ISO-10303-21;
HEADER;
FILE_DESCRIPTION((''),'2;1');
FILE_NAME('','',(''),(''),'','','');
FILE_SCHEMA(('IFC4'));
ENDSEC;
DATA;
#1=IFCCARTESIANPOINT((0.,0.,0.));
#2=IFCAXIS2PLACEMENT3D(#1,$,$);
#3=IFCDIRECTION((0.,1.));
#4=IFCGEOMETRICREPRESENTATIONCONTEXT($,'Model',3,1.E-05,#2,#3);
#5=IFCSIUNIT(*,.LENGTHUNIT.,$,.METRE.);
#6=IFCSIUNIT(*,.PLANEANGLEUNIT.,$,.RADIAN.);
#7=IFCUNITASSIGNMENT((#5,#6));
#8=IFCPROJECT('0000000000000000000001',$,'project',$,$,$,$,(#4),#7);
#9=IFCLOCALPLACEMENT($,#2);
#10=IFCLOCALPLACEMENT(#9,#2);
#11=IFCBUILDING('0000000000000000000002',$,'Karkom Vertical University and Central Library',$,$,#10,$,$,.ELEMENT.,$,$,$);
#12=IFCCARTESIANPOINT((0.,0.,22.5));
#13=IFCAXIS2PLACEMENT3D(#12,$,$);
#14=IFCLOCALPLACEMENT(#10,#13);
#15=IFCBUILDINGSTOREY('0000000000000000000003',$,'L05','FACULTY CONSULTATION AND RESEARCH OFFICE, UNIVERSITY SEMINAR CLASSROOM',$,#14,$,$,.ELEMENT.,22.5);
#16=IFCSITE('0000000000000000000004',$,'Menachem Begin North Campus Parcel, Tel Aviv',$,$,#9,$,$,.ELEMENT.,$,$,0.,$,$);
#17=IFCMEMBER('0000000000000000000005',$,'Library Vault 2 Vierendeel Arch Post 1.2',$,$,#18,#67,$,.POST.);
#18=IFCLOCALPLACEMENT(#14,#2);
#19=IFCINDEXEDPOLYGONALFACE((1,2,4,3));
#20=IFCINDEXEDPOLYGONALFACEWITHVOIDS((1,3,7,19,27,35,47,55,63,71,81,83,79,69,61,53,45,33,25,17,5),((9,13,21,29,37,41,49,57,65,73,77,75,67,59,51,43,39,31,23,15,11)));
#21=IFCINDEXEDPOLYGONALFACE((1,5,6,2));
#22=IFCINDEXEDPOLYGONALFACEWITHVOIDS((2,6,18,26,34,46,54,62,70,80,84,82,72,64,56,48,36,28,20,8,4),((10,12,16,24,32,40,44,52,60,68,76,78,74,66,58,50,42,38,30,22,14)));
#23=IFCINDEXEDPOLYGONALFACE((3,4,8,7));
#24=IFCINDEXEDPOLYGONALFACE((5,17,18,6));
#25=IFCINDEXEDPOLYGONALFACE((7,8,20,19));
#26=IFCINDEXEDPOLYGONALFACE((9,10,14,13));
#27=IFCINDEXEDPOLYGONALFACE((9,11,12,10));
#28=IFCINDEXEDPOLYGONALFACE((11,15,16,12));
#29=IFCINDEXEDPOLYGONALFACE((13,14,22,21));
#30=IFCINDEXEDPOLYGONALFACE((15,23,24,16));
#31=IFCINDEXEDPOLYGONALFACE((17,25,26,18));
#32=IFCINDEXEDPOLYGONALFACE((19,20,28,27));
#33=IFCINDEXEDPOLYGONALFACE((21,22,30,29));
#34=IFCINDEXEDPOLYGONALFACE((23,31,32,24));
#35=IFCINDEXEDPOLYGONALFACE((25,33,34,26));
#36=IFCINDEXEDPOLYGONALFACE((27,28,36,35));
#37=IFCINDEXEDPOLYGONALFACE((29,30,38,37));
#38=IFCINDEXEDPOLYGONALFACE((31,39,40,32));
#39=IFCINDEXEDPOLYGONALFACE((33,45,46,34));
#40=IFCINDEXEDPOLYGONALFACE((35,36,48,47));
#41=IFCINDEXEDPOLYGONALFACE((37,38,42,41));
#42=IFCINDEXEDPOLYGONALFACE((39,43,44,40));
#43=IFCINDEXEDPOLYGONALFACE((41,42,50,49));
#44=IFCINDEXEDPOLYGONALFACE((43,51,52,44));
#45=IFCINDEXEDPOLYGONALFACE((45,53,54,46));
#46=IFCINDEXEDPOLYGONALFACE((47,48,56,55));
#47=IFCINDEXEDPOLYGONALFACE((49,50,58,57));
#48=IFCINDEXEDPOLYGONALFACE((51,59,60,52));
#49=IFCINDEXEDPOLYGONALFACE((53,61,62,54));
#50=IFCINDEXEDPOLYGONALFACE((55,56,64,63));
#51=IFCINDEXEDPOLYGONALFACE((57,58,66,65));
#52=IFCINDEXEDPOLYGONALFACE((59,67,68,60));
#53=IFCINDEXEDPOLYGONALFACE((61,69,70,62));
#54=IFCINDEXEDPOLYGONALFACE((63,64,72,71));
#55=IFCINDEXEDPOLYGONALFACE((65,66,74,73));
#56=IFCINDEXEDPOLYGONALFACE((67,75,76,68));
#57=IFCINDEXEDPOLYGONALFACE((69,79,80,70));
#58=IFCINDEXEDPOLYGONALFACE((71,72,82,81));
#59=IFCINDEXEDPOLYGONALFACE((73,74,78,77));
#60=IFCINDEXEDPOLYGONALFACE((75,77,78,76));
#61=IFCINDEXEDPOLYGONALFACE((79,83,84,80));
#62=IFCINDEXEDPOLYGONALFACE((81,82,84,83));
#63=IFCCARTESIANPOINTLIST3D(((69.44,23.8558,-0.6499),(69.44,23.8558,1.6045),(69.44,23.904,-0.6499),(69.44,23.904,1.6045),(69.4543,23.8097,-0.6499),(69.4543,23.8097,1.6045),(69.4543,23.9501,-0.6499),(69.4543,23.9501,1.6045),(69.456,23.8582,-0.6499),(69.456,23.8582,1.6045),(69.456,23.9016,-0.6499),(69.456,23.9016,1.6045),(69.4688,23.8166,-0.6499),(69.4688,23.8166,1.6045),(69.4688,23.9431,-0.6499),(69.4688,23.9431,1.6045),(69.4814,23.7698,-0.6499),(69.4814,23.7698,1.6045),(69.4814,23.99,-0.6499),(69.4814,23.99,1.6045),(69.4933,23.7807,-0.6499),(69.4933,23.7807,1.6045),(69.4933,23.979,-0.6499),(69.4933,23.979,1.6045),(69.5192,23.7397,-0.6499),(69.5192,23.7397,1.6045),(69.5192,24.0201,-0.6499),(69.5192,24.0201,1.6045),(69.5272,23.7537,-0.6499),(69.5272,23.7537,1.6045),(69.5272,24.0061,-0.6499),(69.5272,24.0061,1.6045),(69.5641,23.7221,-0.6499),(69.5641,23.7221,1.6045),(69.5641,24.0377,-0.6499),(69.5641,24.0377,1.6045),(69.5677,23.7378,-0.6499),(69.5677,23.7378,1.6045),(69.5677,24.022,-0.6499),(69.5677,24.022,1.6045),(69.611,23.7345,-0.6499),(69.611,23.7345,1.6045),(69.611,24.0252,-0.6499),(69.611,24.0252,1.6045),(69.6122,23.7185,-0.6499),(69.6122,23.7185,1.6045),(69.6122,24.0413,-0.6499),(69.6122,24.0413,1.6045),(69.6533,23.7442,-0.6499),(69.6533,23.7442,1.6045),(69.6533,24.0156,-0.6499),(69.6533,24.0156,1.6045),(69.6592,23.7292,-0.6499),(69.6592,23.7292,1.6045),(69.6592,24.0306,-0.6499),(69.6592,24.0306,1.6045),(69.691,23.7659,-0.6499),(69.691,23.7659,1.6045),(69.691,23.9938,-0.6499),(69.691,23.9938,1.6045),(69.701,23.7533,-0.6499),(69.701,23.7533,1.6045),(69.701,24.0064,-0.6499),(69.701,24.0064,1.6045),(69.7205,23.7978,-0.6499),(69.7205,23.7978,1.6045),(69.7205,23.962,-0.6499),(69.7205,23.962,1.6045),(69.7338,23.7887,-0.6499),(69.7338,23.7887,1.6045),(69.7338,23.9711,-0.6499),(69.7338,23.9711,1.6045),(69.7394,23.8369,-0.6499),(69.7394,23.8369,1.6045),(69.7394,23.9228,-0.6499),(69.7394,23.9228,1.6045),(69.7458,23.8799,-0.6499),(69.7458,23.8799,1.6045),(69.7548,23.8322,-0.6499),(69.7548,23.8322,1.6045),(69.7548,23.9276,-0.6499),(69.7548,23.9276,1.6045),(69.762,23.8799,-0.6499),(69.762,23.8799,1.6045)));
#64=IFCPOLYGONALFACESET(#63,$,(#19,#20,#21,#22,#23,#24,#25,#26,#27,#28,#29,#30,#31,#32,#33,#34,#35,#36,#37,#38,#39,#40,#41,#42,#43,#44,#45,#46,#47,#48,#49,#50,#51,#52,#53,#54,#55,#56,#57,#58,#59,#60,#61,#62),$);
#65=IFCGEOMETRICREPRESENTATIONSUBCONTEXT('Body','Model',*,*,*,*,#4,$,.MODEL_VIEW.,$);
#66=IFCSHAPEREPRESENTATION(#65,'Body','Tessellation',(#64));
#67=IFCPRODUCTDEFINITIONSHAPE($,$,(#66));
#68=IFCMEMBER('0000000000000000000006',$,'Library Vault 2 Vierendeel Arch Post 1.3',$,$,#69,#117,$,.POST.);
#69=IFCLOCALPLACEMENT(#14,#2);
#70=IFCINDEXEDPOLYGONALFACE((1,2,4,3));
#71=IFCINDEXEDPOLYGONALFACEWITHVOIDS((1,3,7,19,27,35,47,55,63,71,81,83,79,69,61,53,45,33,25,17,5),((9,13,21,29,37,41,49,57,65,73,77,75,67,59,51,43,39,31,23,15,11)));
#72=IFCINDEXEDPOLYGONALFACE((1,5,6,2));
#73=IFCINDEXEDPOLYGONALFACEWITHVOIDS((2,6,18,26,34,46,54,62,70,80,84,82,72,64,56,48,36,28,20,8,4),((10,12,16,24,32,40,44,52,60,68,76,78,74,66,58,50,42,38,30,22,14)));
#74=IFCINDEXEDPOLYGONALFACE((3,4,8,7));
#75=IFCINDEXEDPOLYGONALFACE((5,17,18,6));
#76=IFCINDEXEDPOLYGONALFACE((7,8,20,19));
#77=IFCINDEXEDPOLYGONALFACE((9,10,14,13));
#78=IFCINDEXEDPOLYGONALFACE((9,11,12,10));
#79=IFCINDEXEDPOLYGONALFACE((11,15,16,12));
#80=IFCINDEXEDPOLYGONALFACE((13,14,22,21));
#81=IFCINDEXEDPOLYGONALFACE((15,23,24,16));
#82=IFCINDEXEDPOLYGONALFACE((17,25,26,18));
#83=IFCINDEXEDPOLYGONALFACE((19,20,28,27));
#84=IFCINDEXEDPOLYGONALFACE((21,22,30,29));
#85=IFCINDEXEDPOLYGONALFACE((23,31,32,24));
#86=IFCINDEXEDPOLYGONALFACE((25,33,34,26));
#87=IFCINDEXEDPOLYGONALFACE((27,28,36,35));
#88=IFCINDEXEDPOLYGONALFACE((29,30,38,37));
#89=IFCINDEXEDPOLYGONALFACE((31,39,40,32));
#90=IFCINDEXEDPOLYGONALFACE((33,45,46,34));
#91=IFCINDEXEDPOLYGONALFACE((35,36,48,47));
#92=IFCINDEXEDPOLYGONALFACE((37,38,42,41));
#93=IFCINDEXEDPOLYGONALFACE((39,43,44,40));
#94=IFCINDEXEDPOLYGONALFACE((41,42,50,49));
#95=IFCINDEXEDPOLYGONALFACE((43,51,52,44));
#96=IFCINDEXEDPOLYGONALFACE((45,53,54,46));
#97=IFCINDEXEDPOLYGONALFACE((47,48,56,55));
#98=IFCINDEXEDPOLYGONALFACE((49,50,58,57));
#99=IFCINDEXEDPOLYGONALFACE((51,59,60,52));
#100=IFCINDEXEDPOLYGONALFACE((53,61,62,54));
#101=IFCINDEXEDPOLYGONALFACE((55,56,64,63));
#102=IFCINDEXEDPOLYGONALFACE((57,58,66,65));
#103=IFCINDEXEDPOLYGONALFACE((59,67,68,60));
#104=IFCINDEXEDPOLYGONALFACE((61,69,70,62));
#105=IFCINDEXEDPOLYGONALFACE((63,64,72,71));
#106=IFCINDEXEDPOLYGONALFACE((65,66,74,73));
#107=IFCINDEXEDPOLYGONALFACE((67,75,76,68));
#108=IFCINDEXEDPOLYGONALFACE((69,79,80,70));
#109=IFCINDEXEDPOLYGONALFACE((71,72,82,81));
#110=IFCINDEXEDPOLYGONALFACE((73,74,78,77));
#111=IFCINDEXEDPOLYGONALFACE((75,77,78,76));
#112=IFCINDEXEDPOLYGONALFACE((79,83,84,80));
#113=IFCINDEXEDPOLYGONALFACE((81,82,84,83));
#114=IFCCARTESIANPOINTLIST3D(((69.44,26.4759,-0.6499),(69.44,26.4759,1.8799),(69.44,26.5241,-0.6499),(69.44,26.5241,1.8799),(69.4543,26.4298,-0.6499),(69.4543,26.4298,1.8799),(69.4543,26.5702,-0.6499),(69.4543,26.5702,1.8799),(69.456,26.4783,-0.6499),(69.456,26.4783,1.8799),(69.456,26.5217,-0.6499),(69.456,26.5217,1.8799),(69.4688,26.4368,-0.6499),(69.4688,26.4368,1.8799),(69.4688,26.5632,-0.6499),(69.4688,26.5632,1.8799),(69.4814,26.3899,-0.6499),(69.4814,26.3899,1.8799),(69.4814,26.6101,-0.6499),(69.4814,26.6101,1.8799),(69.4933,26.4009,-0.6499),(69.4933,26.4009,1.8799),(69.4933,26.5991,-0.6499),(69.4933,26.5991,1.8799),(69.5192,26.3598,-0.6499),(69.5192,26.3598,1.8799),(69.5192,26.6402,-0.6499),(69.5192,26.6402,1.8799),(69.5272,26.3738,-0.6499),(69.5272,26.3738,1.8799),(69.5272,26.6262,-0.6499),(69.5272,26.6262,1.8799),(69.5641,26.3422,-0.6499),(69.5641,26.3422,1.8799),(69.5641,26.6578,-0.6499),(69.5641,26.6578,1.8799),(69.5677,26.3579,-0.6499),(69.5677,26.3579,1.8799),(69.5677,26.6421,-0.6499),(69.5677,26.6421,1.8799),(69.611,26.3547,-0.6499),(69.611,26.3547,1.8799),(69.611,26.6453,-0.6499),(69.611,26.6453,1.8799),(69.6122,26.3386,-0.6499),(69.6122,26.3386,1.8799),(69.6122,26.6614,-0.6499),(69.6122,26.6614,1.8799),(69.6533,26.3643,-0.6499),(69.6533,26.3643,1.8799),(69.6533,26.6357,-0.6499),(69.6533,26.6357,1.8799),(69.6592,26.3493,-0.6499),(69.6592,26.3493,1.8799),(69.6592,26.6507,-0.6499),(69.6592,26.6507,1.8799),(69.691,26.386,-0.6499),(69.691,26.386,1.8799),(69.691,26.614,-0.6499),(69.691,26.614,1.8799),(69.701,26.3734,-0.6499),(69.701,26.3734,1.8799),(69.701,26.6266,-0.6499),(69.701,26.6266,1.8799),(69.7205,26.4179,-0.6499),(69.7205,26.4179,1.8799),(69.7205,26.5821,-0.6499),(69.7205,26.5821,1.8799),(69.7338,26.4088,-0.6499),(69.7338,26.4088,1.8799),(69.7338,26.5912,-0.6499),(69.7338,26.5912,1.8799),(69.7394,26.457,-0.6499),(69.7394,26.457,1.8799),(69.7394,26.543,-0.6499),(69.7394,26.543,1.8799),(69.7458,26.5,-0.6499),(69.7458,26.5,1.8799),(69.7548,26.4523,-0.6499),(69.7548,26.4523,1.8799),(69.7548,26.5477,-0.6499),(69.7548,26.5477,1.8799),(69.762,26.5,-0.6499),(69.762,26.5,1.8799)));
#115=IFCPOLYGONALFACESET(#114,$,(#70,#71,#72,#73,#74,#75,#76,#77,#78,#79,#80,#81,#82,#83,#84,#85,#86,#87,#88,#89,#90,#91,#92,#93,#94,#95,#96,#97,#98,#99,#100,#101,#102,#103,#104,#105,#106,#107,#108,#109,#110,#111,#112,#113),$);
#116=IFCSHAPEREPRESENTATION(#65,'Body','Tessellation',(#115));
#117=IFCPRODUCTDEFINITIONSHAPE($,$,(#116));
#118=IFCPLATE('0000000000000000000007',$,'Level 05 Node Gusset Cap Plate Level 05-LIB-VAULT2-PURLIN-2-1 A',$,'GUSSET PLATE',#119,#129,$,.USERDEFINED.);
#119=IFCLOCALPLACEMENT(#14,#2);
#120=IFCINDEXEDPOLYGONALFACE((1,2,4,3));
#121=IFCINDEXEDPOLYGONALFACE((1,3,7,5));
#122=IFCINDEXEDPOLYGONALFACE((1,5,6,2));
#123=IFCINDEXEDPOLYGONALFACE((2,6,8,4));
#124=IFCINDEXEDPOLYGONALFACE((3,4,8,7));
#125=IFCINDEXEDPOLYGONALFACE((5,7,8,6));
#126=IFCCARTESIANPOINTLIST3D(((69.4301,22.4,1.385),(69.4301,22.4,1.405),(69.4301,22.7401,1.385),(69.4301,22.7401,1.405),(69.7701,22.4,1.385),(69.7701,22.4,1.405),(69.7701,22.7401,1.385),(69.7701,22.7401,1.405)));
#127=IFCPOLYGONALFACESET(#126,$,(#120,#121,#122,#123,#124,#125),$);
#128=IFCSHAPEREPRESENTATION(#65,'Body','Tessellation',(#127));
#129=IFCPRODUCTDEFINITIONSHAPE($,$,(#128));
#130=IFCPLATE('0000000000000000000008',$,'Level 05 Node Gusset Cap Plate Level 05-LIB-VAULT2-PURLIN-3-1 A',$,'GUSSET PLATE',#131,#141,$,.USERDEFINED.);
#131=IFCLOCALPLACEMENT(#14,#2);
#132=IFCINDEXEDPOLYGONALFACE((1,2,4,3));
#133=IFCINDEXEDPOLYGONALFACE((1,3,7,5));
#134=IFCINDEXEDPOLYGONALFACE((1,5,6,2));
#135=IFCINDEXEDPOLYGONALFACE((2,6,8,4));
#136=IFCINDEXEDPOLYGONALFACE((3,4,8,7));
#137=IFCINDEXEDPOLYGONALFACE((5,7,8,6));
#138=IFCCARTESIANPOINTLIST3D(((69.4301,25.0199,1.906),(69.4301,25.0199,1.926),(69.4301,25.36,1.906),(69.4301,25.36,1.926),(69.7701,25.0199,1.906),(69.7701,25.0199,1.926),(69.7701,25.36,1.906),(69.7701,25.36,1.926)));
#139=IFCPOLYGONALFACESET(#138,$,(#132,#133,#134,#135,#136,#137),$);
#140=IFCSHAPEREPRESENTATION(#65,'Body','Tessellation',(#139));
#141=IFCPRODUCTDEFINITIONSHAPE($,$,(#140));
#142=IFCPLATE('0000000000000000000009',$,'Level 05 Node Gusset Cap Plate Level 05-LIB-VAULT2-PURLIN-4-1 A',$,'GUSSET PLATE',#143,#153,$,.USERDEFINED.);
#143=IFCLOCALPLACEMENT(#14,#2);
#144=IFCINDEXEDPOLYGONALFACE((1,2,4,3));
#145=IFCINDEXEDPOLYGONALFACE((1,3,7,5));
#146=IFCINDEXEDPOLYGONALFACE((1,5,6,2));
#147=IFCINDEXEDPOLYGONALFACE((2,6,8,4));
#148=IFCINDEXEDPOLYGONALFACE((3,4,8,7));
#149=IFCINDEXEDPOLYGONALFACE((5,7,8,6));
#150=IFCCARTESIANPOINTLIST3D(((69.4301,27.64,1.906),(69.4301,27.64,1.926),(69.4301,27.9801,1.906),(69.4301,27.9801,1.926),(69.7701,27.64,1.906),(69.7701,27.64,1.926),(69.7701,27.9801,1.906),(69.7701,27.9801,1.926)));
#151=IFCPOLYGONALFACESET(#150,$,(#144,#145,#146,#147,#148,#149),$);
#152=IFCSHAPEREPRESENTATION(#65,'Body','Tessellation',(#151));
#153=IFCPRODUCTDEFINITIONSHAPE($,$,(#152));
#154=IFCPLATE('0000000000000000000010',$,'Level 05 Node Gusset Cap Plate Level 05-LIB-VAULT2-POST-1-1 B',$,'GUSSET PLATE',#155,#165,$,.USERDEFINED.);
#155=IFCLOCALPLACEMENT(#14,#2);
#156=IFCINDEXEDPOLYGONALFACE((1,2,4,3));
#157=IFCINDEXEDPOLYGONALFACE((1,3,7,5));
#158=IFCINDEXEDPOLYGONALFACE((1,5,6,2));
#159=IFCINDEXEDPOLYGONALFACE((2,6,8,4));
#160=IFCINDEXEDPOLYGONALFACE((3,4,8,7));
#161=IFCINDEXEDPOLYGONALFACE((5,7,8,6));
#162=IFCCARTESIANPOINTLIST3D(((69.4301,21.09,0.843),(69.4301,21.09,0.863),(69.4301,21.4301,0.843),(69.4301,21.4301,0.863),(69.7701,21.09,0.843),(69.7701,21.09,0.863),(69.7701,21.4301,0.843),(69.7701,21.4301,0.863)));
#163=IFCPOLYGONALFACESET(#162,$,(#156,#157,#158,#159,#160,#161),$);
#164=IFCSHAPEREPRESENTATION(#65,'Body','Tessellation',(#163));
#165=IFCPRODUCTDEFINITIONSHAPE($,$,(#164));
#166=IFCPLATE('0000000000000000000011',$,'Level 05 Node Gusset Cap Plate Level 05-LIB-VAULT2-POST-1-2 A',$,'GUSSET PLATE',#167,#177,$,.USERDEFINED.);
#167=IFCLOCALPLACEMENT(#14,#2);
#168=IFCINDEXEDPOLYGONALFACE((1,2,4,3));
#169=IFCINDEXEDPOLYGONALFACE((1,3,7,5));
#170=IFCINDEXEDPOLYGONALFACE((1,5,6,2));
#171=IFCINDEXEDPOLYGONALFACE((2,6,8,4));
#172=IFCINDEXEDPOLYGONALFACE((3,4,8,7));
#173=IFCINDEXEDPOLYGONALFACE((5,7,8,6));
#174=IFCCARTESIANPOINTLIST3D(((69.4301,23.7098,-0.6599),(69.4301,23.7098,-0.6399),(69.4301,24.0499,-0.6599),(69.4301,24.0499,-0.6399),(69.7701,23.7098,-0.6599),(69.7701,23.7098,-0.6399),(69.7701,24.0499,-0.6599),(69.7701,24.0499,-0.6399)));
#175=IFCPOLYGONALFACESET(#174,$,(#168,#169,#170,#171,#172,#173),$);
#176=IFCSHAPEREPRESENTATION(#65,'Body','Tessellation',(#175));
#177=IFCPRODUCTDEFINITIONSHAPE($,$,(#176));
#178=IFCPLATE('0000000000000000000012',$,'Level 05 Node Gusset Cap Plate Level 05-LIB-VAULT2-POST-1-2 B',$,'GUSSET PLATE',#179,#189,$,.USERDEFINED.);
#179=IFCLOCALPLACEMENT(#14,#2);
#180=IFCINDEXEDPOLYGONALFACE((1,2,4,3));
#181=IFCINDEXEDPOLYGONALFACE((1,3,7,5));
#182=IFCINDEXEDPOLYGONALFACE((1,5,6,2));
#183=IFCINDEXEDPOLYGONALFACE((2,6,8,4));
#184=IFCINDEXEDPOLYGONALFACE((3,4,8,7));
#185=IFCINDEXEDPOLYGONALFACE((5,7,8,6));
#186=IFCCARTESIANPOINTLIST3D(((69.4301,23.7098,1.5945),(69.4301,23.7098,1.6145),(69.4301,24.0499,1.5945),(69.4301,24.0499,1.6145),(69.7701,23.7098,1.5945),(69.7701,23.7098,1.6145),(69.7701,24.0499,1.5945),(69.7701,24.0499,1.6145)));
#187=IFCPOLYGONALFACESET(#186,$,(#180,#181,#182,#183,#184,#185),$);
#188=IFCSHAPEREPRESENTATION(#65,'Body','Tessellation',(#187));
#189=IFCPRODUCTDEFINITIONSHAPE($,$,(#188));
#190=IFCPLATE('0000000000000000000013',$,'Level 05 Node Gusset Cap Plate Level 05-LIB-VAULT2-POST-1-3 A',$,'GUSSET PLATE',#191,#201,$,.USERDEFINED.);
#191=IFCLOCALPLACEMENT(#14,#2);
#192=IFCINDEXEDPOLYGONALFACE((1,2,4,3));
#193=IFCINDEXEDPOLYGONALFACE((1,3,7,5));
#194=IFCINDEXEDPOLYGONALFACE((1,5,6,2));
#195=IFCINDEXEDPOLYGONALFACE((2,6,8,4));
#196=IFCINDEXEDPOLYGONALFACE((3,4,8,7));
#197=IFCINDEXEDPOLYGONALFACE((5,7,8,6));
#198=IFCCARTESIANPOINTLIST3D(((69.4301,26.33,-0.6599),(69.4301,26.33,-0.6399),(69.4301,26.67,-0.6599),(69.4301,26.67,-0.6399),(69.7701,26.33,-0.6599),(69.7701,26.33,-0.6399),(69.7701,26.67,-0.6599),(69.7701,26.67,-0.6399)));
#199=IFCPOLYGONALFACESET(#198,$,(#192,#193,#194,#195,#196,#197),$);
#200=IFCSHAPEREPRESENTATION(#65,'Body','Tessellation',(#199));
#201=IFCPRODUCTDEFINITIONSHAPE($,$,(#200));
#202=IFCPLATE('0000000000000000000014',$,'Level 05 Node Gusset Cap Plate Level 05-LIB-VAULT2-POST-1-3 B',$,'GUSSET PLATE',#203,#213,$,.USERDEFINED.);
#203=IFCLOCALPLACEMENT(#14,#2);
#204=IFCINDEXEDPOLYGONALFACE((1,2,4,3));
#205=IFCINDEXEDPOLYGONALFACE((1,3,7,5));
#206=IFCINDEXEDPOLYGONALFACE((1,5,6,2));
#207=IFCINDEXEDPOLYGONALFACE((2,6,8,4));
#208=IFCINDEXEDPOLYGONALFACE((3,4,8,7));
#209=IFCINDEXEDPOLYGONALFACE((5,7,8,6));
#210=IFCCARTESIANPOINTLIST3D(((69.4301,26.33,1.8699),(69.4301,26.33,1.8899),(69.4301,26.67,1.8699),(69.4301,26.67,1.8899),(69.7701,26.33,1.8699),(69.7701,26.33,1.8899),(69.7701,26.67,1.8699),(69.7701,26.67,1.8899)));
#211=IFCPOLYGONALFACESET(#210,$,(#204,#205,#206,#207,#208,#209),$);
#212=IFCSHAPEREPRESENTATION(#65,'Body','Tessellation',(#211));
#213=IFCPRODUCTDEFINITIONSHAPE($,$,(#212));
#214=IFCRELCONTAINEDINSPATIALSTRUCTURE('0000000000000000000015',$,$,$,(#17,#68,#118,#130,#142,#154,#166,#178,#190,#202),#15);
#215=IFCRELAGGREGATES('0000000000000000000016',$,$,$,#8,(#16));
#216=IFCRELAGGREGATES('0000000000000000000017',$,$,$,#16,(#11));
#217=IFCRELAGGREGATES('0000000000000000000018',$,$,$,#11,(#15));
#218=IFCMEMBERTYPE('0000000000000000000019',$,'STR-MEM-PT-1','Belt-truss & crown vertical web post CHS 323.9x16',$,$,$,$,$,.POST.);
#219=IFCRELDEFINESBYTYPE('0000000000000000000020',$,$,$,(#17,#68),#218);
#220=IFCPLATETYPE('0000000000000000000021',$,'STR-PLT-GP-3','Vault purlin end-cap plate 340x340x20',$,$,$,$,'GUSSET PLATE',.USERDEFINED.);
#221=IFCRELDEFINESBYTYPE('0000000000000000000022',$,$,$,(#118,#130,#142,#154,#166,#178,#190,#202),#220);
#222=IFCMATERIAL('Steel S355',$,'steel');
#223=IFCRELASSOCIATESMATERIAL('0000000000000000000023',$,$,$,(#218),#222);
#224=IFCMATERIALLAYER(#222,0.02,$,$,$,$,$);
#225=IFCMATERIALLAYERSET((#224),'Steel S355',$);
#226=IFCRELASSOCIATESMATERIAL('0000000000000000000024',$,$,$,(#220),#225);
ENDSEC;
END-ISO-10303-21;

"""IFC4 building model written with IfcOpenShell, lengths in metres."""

from ifc_helpers import new_model, si_unit, direction, frame, origin, origin_with_axes, origin_2d, place, context, subcontext, project, spatial, rectangle, hollow_circle, extrude, source, transform, mapped, material, layer, layer_set, material_profile, profile_set, type_object, element, save


model = new_model("IFC4")

# Units and contexts
model_context = context("Model", 3, precision=1e-05, world=origin(), true_north=direction((0.0, 1.0)))
body_context = subcontext(model_context, "Body", "Model", "MODEL_VIEW")
ifc_project = project(units=[si_unit("LENGTHUNIT", "METRE"), si_unit("PLANEANGLEUNIT", "RADIAN")], contexts=[model_context])

# Site, building, storey
site_placement = place(None, origin())
site = spatial("IfcSite", under=ifc_project, at=site_placement, Name="Menachem Begin North Campus Parcel, Tel Aviv", CompositionType="ELEMENT", RefElevation=0.0)
building_placement = place(site_placement, origin())
building = spatial("IfcBuilding", under=site, at=building_placement, Name="Karkom Vertical University and Central Library", CompositionType="ELEMENT")
storey_placement = place(building_placement, frame((0.0, 0.0, 22.5)))
storey = spatial("IfcBuildingStorey", under=building, at=storey_placement, Name="L05", Description="FACULTY CONSULTATION AND RESEARCH OFFICE, UNIVERSITY SEMINAR CLASSROOM", CompositionType="ELEMENT", Elevation=22.5)

# Members
ifc_material_1 = material(Name="Steel S355", Category="steel")
ifc_material_profile_1 = material_profile(ifc_material_1, hollow_circle(Radius=0.1619, WallThickness=0.0161, at=origin_2d()), Name="CHS 323.9x16")
ifc_profile_set_1 = profile_set([ifc_material_profile_1], Name="Steel S355")
member_type_1 = type_object("IfcMemberType", Name="STR-MEM-PT-1", Description="Belt-truss & crown vertical web post CHS 323.9x16", PredefinedType="POST", material=ifc_profile_set_1)
shared_shape_1 = source(origin_with_axes(), body_context, "Body", "SweptSolid", [
    extrude(hollow_circle(Radius=0.1619, WallThickness=0.0161, at=origin_2d()), origin(), (0.0, 0.0, 1.0), 2.2544),
])
member_1_placement = place(storey_placement, frame((69.6001, 23.8799, -0.6499), z_axis=(0.0, 0.0, 1.0), x_axis=(1.0, 0.0, 0.0)))
element("IfcMember", 1, at=member_1_placement, inside=storey, type_object=member_type_1, Name="Library Vault 2 Vierendeel Arch Post 1.2", PredefinedType="POST", context=body_context, shape_type="MappedRepresentation", body=[
    mapped(shared_shape_1, transform((0.0, 0.0, 0.0), scale=1.0)),
])
shared_shape_2 = source(origin_with_axes(), body_context, "Body", "SweptSolid", [
    extrude(hollow_circle(Radius=0.1619, WallThickness=0.0161, at=origin_2d()), origin(), (0.0, 0.0, 1.0), 2.5298),
])
member_2_placement = place(storey_placement, frame((69.6001, 26.5, -0.6499), z_axis=(0.0, 0.0, 1.0), x_axis=(1.0, 0.0, 0.0)))
element("IfcMember", 2, at=member_2_placement, inside=storey, type_object=member_type_1, Name="Library Vault 2 Vierendeel Arch Post 1.3", PredefinedType="POST", context=body_context, shape_type="MappedRepresentation", body=[
    mapped(shared_shape_2, transform((0.0, 0.0, 0.0), scale=1.0)),
])

# Plates
ifc_layer = layer(ifc_material_1, 0.02)
ifc_layer_set = layer_set([ifc_layer], Name="Steel S355")
plate_type = type_object("IfcPlateType", Name="STR-PLT-GP-3", Description="Vault purlin end-cap plate 340x340x20", ElementType="GUSSET PLATE", PredefinedType="USERDEFINED", material=ifc_layer_set)
shared_shape_3 = source(origin_with_axes(), body_context, "Body", "SweptSolid", [
    extrude(rectangle(XDim=0.3401, YDim=0.3401, at=origin_2d()), origin(), (0.0, 0.0, 1.0), 0.02),
])
for number, where, z_axis, x_axis, name in (
    (3, (69.6001, 22.5701, 1.385), (0.0, 0.0, 1.0), (1.0, 0.0, 0.0), "Level 05 Node Gusset Cap Plate Level 05-LIB-VAULT2-PURLIN-2-1 A"),
    (4, (69.6001, 25.1899, 1.906), (0.0, 0.0, 1.0), (1.0, 0.0, 0.0), "Level 05 Node Gusset Cap Plate Level 05-LIB-VAULT2-PURLIN-3-1 A"),
    (5, (69.6001, 27.8101, 1.906), (0.0, 0.0, 1.0), (1.0, 0.0, 0.0), "Level 05 Node Gusset Cap Plate Level 05-LIB-VAULT2-PURLIN-4-1 A"),
    (6, (69.6001, 21.26, 0.843), (0.0, 0.0, 1.0), (1.0, 0.0, 0.0), "Level 05 Node Gusset Cap Plate Level 05-LIB-VAULT2-POST-1-1 B"),
    (7, (69.6001, 23.8799, -0.6599), (0.0, 0.0, 1.0), (1.0, 0.0, 0.0), "Level 05 Node Gusset Cap Plate Level 05-LIB-VAULT2-POST-1-2 A"),
    (8, (69.6001, 23.8799, 1.5945), (0.0, 0.0, 1.0), (1.0, 0.0, 0.0), "Level 05 Node Gusset Cap Plate Level 05-LIB-VAULT2-POST-1-2 B"),
    (9, (69.6001, 26.5, -0.6599), (0.0, 0.0, 1.0), (1.0, 0.0, 0.0), "Level 05 Node Gusset Cap Plate Level 05-LIB-VAULT2-POST-1-3 A"),
    (10, (69.6001, 26.5, 1.8699), (0.0, 0.0, 1.0), (1.0, 0.0, 0.0), "Level 05 Node Gusset Cap Plate Level 05-LIB-VAULT2-POST-1-3 B"),
):
    element("IfcPlate", number, at=place(storey_placement, frame(where, z_axis=z_axis, x_axis=x_axis)), inside=storey, type_object=plate_type, Name=name, ObjectType="GUSSET PLATE", PredefinedType="USERDEFINED", context=body_context, shape_type="MappedRepresentation", body=[
        mapped(shared_shape_3, transform((0.0, 0.0, 0.0), scale=1.0)),
    ])

save(model, "model.ifc")
